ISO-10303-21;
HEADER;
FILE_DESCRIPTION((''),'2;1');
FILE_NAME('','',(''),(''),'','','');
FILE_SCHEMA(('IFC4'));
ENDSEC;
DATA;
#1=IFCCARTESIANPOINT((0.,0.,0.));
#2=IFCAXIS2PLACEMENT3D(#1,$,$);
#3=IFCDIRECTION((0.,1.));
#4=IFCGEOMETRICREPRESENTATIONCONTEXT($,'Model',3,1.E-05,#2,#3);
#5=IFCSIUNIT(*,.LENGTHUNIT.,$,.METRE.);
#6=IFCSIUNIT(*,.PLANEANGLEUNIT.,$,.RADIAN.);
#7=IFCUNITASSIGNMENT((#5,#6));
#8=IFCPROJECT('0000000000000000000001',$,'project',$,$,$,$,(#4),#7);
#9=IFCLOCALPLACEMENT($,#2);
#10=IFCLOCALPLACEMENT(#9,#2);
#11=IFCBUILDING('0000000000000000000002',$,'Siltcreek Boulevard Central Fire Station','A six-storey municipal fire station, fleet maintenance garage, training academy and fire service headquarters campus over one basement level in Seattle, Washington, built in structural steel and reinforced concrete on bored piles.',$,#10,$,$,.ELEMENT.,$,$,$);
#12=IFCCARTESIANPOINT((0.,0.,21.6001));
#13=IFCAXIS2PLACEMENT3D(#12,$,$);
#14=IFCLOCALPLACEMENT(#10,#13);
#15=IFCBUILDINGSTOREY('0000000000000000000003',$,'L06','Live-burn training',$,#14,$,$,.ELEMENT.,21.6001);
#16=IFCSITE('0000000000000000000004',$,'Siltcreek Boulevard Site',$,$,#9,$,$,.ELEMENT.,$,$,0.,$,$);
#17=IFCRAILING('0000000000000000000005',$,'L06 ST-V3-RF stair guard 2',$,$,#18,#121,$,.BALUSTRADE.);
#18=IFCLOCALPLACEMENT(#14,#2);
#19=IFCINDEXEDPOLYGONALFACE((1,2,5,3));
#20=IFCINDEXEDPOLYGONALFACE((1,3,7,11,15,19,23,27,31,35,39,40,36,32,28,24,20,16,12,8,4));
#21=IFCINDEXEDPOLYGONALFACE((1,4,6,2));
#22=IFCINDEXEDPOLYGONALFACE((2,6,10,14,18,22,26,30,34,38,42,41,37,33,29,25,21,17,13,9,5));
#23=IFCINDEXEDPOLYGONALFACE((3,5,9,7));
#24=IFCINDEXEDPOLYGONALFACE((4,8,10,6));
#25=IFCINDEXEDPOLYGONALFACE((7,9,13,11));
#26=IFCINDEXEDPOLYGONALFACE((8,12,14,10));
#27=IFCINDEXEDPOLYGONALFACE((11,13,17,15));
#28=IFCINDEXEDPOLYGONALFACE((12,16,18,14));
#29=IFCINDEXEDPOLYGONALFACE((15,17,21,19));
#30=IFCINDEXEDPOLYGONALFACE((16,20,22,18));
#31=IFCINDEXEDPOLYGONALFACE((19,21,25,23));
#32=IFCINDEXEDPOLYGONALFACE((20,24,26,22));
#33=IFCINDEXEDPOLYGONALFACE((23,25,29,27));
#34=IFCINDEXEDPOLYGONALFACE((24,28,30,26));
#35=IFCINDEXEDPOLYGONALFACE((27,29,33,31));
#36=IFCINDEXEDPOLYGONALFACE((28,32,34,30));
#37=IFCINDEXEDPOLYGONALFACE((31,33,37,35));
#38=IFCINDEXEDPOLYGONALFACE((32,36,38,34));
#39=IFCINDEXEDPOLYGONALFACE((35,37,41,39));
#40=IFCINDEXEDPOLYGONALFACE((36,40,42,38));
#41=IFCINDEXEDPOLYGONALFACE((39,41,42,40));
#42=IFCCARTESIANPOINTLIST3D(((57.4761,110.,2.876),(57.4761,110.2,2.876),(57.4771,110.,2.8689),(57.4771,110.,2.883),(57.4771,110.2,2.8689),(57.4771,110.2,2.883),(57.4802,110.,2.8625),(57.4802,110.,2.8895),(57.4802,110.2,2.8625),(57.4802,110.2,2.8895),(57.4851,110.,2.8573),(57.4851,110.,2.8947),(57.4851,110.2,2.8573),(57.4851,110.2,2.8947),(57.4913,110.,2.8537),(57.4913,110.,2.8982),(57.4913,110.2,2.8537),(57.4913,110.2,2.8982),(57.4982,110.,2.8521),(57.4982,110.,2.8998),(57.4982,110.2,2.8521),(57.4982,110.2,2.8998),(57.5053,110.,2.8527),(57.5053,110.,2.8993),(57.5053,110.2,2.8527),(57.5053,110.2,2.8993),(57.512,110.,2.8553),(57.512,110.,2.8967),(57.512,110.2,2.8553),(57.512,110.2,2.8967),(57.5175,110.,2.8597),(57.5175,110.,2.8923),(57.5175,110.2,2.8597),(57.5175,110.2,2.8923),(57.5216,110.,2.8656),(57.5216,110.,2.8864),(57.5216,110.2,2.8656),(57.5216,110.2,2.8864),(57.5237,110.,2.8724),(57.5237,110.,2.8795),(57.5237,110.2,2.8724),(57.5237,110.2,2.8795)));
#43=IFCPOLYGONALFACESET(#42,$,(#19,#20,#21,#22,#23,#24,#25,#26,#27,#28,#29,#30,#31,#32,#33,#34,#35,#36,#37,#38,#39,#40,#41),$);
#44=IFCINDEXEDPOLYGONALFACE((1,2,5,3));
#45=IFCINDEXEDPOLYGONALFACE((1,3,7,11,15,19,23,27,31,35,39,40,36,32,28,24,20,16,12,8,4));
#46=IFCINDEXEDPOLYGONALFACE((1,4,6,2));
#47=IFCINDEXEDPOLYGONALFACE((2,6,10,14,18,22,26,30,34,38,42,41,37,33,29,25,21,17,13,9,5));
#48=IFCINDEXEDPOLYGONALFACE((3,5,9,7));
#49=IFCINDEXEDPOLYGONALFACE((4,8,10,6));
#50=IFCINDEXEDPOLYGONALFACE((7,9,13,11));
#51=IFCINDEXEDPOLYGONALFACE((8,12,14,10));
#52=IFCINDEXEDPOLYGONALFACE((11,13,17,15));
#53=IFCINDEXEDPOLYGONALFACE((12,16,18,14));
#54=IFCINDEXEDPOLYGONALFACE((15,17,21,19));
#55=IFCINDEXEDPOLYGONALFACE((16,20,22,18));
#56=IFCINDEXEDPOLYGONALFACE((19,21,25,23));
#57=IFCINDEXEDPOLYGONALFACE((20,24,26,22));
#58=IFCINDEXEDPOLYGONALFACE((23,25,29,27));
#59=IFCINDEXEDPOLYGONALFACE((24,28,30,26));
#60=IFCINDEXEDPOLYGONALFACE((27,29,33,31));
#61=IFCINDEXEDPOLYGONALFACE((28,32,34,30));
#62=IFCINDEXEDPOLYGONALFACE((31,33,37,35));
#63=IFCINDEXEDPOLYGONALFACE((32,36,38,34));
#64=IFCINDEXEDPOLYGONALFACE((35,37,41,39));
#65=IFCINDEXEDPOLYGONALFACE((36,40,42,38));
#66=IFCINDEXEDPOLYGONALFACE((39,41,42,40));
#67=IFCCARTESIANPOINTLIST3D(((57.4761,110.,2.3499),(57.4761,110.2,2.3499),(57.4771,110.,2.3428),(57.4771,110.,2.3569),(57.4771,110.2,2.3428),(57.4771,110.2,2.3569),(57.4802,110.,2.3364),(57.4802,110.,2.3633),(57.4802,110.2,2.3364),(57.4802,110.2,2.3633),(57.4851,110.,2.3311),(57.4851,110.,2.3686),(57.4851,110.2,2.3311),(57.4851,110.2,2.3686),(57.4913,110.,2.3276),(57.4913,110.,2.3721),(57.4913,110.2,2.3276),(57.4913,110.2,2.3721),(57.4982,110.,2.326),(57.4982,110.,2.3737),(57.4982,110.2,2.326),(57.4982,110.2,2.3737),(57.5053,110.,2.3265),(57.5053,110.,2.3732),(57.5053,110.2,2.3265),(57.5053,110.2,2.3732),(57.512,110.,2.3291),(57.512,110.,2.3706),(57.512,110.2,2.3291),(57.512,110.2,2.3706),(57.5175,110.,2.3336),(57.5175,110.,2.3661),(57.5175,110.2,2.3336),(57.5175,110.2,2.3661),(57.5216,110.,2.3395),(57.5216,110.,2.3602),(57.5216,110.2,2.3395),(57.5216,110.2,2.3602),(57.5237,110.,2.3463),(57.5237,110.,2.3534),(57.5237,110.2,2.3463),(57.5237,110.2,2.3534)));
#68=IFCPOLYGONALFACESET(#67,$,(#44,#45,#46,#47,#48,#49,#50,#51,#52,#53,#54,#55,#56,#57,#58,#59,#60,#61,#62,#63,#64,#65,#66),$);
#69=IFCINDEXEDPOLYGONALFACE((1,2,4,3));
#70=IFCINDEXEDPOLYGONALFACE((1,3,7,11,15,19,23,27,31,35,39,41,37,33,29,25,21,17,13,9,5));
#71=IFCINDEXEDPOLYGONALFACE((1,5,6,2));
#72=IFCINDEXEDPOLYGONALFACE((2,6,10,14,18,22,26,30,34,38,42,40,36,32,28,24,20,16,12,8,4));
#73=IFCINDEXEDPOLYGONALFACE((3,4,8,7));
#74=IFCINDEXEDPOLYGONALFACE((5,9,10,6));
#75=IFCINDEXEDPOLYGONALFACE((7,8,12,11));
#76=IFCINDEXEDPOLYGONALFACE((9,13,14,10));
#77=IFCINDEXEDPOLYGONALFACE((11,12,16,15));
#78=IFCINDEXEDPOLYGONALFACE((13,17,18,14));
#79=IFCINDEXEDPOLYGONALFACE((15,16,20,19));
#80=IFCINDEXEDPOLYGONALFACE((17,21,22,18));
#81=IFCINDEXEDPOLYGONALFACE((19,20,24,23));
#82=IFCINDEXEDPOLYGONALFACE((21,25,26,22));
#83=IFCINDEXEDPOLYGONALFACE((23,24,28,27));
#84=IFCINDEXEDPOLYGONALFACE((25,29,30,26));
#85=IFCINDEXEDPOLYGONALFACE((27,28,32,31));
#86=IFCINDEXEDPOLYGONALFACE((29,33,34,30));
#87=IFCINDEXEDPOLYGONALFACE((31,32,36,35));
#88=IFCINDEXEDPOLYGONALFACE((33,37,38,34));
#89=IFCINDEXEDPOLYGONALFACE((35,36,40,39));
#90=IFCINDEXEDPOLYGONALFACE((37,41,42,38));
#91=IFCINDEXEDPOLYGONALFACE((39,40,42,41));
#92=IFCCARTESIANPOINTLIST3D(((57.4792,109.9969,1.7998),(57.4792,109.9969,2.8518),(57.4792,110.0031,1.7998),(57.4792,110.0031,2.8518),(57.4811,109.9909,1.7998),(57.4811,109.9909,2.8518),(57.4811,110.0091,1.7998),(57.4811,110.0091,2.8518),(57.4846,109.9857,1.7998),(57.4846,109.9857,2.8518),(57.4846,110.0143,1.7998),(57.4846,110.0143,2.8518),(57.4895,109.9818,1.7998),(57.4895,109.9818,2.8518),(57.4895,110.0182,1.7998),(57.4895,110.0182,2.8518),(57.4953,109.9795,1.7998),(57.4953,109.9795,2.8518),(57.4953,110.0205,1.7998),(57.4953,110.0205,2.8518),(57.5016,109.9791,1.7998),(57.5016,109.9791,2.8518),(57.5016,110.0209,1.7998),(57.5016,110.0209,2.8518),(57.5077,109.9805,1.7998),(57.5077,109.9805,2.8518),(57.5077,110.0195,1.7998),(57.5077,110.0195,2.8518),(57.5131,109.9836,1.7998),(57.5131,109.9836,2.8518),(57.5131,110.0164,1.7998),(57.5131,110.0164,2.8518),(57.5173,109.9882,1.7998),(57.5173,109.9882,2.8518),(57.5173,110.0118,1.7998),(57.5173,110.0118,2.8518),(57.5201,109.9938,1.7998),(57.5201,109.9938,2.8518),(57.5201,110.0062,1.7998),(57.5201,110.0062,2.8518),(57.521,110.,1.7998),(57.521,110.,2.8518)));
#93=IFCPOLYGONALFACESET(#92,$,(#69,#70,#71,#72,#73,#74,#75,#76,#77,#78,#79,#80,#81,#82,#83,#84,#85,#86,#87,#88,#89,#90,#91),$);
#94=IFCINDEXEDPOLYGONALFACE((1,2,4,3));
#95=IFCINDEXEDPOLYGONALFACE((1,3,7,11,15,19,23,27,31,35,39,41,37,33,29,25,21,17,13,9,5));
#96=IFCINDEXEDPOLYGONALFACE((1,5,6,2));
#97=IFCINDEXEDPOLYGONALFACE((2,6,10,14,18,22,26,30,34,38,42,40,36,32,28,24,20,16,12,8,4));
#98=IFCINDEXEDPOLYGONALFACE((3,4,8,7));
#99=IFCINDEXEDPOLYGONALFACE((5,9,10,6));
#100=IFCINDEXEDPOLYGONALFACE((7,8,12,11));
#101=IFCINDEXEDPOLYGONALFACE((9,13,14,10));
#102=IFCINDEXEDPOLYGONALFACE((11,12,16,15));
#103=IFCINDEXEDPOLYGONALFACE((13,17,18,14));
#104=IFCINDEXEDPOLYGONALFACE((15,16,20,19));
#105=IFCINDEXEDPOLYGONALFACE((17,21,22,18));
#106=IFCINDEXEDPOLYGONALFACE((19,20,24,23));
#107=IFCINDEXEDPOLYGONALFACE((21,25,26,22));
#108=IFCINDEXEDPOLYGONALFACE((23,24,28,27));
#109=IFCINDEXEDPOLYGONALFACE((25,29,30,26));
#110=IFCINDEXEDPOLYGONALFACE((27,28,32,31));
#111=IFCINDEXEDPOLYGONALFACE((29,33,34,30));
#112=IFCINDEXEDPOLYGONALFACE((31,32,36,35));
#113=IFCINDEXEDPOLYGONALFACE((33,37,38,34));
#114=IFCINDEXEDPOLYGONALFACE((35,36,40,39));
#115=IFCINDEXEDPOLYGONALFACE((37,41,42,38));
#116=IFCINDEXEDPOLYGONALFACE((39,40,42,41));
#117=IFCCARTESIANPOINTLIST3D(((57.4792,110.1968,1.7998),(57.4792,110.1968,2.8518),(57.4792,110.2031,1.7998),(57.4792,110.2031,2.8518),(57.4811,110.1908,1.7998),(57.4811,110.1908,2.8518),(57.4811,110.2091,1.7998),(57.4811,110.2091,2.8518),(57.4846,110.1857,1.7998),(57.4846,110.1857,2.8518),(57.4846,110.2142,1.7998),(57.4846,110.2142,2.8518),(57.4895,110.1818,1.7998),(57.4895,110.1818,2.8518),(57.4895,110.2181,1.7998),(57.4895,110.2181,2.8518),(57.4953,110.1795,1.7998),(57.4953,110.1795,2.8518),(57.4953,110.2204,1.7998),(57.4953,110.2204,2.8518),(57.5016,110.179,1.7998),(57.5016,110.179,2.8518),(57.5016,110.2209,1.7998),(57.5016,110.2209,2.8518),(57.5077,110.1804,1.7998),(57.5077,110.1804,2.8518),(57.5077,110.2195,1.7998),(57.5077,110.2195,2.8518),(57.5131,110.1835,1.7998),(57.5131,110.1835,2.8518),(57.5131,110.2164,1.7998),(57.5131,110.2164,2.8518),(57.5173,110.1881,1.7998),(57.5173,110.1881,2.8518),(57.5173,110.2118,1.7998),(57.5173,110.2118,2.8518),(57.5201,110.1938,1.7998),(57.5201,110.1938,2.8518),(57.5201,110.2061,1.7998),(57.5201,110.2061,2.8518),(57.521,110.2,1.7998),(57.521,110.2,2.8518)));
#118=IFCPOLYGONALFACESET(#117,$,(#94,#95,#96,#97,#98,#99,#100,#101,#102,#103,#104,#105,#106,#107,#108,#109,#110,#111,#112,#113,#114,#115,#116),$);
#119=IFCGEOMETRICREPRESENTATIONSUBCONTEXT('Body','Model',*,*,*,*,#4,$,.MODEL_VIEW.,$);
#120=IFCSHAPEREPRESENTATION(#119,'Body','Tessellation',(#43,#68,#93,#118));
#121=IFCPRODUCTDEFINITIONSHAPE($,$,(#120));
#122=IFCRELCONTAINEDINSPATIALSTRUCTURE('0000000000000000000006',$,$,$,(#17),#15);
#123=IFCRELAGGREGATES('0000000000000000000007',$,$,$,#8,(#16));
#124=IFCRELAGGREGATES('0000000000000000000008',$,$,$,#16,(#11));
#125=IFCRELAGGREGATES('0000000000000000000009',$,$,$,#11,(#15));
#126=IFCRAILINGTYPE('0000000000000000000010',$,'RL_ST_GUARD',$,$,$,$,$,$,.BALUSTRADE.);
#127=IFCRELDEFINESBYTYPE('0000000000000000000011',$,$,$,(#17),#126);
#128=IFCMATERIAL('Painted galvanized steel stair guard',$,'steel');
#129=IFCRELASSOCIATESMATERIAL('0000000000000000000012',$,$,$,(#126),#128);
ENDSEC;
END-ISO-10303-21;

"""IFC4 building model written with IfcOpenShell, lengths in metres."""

from ifc_helpers import new_model, si_unit, direction, frame, origin, origin_2d, place, context, subcontext, project, spatial, circle, extrude, material, type_object, element, save


model = new_model("IFC4")

# Units and contexts
model_context = context("Model", 3, precision=1e-05, world=origin(), true_north=direction((0.0, 1.0)))
body_context = subcontext(model_context, "Body", "Model", "MODEL_VIEW")
ifc_project = project(units=[si_unit("LENGTHUNIT", "METRE"), si_unit("PLANEANGLEUNIT", "RADIAN")], contexts=[model_context])

# Site, building, storey
site_placement = place(None, origin())
site = spatial("IfcSite", under=ifc_project, at=site_placement, Name="Siltcreek Boulevard Site", CompositionType="ELEMENT", RefElevation=0.0)
building_placement = place(site_placement, origin())
building = spatial("IfcBuilding", under=site, at=building_placement, Name="Siltcreek Boulevard Central Fire Station", Description="A six-storey municipal fire station, fleet maintenance garage, training academy and fire service headquarters campus over one basement level in Seattle, Washington, built in structural steel and reinforced concrete on bored piles.", CompositionType="ELEMENT")
storey_placement = place(building_placement, frame((0.0, 0.0, 21.6001)))
storey = spatial("IfcBuildingStorey", under=building, at=storey_placement, Name="L06", Description="Live-burn training", CompositionType="ELEMENT", Elevation=21.6001)

# Railing
ifc_material_1 = material(Name="Painted galvanized steel stair guard", Category="steel")
railing_type_1 = type_object("IfcRailingType", Name="RL_ST_GUARD", PredefinedType="BALUSTRADE", material=ifc_material_1)
railing_1_placement = place(storey_placement, frame((57.5, 110.0, 1.7998)))
element("IfcRailing", 1, at=railing_1_placement, inside=storey, type_object=railing_type_1, Name="L06 ST-V3-RF stair guard 2", PredefinedType="BALUSTRADE", context=body_context, shape_type="SweptSolid", body=[
    extrude(circle(Radius=0.0239, at=origin_2d()), frame((0.0, 0.0, 1.0762), z_axis=(0.0, 1.0, 0.0), x_axis=(-1.0, 0.0, 0.0)), (0.0, 0.0, 1.0), 0.2),
    extrude(circle(Radius=0.0239, at=origin_2d()), frame((0.0, 0.0, 0.55), z_axis=(0.0, 1.0, 0.0), x_axis=(-1.0, 0.0, 0.0)), (0.0, 0.0, 1.0), 0.2),
    extrude(circle(Radius=0.021, at=origin_2d()), origin(), (0.0, 0.0, 1.0), 1.052),
    extrude(circle(Radius=0.021, at=origin_2d()), frame((0.0, 0.2, 0.0)), (0.0, 0.0, 1.0), 1.052),
])

save(model, "model.ifc")
